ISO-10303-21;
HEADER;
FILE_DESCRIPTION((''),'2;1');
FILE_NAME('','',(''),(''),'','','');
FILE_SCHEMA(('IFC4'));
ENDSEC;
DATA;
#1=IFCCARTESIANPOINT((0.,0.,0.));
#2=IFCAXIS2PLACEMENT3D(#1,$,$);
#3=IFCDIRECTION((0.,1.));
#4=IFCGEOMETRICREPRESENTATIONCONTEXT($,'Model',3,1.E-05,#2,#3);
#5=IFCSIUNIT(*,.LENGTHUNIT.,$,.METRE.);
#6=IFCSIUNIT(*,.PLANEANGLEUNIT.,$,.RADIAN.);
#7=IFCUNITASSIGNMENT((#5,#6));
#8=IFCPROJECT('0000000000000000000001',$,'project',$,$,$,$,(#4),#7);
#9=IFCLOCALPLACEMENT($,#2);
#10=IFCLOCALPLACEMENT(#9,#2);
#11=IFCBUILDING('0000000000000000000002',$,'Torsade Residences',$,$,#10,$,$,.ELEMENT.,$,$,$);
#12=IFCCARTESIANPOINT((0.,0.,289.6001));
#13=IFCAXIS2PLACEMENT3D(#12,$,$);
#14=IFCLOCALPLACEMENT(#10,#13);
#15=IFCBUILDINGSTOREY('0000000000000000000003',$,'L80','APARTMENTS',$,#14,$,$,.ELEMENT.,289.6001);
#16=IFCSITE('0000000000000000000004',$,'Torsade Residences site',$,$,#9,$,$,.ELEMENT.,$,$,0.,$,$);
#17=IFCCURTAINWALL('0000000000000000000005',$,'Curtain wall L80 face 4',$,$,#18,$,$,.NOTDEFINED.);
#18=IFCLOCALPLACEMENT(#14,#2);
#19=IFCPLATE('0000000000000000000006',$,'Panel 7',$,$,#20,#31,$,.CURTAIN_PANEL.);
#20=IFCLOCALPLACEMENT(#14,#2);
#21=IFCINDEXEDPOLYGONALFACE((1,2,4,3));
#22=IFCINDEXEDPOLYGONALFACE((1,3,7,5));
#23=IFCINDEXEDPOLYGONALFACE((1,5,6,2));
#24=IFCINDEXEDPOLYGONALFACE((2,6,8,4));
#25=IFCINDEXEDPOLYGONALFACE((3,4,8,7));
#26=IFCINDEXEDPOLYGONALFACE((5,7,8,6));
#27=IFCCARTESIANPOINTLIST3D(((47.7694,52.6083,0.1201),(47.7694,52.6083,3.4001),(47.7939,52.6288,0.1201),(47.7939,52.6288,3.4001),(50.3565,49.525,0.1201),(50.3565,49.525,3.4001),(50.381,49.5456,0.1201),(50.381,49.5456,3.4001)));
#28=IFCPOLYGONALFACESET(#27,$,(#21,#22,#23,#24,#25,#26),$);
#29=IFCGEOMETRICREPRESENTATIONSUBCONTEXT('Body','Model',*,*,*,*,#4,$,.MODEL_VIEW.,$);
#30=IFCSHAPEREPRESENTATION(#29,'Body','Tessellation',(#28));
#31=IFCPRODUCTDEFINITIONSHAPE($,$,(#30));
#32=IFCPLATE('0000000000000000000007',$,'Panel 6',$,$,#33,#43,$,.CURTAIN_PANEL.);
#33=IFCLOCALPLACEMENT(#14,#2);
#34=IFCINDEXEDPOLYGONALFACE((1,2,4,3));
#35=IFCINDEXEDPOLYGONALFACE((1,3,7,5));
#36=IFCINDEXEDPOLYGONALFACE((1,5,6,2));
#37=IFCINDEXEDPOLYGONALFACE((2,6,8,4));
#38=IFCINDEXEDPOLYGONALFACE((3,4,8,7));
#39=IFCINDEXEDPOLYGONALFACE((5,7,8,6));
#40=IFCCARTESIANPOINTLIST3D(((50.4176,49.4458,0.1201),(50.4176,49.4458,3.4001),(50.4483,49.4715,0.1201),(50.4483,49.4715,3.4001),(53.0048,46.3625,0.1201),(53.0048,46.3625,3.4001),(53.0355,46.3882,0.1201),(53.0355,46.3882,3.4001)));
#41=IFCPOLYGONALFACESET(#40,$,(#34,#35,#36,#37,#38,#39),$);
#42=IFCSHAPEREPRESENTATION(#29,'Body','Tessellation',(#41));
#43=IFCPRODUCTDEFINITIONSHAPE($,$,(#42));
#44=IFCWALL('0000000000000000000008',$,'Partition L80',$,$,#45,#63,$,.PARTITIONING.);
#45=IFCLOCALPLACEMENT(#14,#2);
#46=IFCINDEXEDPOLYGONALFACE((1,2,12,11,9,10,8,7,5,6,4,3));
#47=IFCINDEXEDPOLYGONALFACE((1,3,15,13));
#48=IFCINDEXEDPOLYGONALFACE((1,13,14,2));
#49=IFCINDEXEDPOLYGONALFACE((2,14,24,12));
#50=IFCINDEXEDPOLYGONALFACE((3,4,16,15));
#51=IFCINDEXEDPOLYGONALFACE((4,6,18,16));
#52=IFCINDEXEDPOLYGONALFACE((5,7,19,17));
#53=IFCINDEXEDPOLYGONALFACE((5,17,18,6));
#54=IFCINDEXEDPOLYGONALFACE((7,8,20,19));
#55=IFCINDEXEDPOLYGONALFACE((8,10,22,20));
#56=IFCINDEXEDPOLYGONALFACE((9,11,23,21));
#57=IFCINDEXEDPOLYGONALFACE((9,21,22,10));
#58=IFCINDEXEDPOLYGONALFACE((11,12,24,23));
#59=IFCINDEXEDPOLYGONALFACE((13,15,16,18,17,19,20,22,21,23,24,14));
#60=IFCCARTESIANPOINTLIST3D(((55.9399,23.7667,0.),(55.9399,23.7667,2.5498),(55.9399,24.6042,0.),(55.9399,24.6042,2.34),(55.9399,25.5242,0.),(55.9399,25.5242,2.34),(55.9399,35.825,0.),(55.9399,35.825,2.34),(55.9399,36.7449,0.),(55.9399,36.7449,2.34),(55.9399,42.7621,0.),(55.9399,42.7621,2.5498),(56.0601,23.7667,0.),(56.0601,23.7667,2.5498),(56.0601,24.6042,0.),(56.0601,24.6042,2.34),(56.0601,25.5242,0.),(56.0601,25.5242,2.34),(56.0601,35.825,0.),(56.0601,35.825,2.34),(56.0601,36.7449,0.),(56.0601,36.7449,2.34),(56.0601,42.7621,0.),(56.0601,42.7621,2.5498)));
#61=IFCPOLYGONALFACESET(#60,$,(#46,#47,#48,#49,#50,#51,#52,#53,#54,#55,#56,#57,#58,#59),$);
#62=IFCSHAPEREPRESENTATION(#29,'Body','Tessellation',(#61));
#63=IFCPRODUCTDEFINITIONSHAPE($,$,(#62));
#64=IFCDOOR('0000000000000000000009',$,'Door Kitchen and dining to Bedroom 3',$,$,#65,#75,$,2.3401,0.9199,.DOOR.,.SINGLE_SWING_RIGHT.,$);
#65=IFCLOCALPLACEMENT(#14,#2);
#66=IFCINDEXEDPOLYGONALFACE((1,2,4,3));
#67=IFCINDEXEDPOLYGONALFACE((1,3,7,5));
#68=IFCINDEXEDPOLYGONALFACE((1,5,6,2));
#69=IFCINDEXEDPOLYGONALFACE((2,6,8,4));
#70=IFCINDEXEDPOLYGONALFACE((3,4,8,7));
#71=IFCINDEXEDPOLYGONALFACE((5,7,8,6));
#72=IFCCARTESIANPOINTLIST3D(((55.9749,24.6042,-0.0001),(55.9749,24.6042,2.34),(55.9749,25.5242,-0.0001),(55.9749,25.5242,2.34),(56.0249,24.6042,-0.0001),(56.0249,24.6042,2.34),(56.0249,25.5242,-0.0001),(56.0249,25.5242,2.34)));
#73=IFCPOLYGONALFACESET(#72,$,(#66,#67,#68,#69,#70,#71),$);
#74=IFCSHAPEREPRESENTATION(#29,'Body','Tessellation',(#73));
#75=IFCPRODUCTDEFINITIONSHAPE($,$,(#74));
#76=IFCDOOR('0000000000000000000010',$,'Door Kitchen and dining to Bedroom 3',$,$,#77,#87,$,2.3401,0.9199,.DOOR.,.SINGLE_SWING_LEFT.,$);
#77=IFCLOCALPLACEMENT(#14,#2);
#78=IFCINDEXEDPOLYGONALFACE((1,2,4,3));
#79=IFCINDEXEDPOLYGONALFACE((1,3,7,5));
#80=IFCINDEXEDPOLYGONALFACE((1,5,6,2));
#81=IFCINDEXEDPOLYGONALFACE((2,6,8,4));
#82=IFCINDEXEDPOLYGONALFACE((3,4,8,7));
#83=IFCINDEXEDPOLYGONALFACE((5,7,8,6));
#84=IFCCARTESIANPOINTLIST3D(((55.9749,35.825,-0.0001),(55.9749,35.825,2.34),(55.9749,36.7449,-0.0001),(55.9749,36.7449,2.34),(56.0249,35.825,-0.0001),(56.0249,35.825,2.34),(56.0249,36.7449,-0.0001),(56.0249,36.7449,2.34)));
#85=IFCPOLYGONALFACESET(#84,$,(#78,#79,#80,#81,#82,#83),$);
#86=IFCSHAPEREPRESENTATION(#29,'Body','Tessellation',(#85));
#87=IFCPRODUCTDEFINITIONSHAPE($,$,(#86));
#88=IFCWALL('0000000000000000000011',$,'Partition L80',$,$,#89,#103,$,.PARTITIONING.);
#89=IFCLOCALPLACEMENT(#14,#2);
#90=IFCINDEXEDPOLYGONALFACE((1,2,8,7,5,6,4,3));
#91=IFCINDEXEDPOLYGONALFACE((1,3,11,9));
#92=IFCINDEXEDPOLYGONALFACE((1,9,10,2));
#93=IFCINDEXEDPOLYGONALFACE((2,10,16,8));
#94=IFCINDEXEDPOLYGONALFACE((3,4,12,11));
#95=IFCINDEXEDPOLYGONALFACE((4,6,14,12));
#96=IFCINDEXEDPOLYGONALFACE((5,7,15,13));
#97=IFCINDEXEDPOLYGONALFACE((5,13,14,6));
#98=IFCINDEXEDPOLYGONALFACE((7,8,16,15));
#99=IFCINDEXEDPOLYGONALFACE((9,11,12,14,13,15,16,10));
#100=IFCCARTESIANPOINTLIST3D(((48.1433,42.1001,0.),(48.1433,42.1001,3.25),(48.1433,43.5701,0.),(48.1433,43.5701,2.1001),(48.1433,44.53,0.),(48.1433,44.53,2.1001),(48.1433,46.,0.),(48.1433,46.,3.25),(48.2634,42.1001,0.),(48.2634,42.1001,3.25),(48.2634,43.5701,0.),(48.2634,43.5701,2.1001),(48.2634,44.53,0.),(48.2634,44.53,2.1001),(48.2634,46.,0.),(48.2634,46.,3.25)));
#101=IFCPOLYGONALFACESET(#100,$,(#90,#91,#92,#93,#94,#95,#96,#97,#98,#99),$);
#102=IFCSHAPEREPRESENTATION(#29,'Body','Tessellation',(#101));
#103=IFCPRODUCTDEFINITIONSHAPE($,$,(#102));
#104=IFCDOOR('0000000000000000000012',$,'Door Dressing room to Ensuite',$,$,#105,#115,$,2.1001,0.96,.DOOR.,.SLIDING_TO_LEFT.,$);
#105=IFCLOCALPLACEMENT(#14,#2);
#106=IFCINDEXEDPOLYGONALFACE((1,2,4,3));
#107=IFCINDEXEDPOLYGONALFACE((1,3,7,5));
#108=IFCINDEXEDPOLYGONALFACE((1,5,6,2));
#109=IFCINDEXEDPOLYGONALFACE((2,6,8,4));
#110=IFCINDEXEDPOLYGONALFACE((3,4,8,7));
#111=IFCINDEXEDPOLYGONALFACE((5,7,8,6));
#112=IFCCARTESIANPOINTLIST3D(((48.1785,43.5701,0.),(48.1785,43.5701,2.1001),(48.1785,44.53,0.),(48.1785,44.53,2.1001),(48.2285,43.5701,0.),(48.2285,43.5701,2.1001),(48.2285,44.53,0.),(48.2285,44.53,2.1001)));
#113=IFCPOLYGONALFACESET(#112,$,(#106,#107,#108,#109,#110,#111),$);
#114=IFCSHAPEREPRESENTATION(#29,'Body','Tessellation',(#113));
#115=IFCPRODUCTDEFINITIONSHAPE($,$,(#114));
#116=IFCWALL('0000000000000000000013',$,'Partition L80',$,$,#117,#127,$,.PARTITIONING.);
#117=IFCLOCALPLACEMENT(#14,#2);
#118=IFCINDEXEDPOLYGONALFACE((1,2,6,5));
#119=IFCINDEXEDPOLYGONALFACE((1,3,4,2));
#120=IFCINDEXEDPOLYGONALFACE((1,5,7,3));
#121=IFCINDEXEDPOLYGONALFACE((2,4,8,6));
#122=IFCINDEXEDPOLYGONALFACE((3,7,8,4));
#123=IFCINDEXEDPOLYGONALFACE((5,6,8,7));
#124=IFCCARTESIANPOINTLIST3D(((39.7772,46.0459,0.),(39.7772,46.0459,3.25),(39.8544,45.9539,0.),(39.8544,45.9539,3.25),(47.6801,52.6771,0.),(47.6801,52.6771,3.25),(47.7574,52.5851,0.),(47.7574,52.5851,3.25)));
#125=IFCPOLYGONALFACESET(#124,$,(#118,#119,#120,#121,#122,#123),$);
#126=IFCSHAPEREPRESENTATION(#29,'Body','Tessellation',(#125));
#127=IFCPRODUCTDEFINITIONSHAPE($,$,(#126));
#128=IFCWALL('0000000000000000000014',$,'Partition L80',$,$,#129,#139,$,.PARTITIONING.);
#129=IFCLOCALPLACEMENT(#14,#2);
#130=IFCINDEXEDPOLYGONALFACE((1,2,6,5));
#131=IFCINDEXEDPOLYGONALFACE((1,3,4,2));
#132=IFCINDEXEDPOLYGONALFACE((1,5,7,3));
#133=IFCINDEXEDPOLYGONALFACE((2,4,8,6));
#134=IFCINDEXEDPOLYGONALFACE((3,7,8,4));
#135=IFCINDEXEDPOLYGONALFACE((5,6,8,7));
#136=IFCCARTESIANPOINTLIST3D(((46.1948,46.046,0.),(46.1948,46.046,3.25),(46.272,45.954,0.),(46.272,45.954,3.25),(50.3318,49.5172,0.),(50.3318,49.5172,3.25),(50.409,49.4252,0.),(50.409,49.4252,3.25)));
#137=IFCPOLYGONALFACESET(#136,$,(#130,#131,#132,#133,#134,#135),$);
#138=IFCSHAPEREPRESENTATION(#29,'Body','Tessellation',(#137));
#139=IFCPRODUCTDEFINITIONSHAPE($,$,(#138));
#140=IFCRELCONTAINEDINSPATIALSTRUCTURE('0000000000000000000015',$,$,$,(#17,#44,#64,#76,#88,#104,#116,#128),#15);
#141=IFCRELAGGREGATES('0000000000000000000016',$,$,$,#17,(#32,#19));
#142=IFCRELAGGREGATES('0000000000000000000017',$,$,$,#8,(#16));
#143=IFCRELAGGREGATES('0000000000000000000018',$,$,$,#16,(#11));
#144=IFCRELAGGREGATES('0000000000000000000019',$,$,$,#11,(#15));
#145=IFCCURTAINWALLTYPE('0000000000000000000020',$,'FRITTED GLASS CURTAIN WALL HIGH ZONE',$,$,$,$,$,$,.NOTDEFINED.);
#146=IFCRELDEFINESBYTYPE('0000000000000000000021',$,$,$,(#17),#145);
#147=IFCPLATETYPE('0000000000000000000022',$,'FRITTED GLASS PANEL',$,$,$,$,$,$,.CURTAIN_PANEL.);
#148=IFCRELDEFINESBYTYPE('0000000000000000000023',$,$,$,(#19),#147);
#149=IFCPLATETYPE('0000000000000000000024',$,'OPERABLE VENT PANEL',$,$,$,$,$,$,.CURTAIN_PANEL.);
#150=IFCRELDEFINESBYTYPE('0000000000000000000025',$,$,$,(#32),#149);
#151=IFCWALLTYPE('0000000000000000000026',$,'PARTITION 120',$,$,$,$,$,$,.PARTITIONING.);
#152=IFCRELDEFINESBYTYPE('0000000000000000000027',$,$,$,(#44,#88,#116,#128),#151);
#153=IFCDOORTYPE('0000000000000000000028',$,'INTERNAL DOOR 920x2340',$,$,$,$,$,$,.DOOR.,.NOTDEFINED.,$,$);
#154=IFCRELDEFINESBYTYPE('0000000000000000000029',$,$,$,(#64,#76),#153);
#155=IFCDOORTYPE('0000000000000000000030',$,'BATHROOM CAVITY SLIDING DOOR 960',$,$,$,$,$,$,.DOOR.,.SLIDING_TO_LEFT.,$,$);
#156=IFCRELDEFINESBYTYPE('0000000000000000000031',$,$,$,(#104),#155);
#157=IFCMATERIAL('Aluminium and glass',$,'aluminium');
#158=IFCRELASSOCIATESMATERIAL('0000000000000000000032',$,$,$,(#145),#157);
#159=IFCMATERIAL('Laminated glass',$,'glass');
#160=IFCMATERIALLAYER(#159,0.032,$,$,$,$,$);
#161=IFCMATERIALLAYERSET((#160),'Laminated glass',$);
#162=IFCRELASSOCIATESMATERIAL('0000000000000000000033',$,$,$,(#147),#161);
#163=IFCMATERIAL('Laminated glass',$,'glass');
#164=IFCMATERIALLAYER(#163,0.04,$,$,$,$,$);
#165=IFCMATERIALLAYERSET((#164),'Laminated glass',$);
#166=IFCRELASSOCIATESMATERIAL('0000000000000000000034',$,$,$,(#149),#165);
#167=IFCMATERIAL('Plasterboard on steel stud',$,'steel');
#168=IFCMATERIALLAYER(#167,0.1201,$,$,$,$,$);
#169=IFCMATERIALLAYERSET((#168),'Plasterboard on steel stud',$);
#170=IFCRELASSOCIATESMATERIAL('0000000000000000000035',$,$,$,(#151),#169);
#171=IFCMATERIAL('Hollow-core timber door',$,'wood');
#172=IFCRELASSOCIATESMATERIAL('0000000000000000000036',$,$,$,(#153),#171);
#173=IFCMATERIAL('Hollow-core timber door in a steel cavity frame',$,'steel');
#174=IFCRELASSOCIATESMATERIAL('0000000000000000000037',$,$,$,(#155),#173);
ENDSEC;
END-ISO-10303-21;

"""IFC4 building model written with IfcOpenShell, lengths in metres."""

from ifc_helpers import new_model, si_unit, direction, frame, frame_2d, origin, origin_2d, place, context, subcontext, project, spatial, rectangle, extrude, material, layer, layer_set, type_object, element, fill, aggregate, save


model = new_model("IFC4")

# Units and contexts
model_context = context("Model", 3, precision=1e-05, world=origin(), true_north=direction((0.0, 1.0)))
body_context = subcontext(model_context, "Body", "Model", "MODEL_VIEW")
ifc_project = project(units=[si_unit("LENGTHUNIT", "METRE"), si_unit("PLANEANGLEUNIT", "RADIAN")], contexts=[model_context])

# Site, building, storey
site_placement = place(None, origin())
site = spatial("IfcSite", under=ifc_project, at=site_placement, Name="Torsade Residences site", CompositionType="ELEMENT", RefElevation=0.0)
building_placement = place(site_placement, origin())
building = spatial("IfcBuilding", under=site, at=building_placement, Name="Torsade Residences", CompositionType="ELEMENT")
storey_placement = place(building_placement, frame((0.0, 0.0, 289.6001)))
storey = spatial("IfcBuildingStorey", under=building, at=storey_placement, Name="L80", Description="APARTMENTS", CompositionType="ELEMENT", Elevation=289.6001)

# Curtain wall
ifc_material_1 = material(Name="Aluminium and glass", Category="aluminium")
curtain_wall_type = type_object("IfcCurtainWallType", Name="FRITTED GLASS CURTAIN WALL HIGH ZONE", PredefinedType="NOTDEFINED", material=ifc_material_1)
curtain_wall_placement = place(storey_placement, origin())
curtain_wall = element("IfcCurtainWall", 1, at=curtain_wall_placement, inside=storey, type_object=curtain_wall_type, Name="Curtain wall L80 face 4", PredefinedType="NOTDEFINED")

# Plates
ifc_material_2 = material(Name="Laminated glass", Category="glass")
ifc_layer_1 = layer(ifc_material_2, 0.032)
ifc_layer_set_1 = layer_set([ifc_layer_1], Name="Laminated glass")
plate_type_1 = type_object("IfcPlateType", Name="FRITTED GLASS PANEL", PredefinedType="CURTAIN_PANEL", material=ifc_layer_set_1)
plate_1_placement = place(storey_placement, frame((49.0752, 51.0769, 0.1201), z_axis=(0.0, 0.0, 1.0), x_axis=(-0.642788, 0.766044, 0.0)))
plate_1 = element("IfcPlate", 2, at=plate_1_placement, type_object=plate_type_1, Name="Panel 7", PredefinedType="CURTAIN_PANEL", context=body_context, shape_type="SweptSolid", body=[
    extrude(rectangle(XDim=4.0249, YDim=0.032, at=origin_2d()), origin(), (0.0, 0.0, 1.0), 3.28),
])
ifc_material_3 = material(Name="Laminated glass", Category="glass")
ifc_layer_2 = layer(ifc_material_3, 0.04)
ifc_layer_set_2 = layer_set([ifc_layer_2], Name="Laminated glass")
plate_type_2 = type_object("IfcPlateType", Name="OPERABLE VENT PANEL", PredefinedType="CURTAIN_PANEL", material=ifc_layer_set_2)
plate_2_placement = place(storey_placement, frame((51.7266, 47.917, 0.1201), z_axis=(0.0, 0.0, 1.0), x_axis=(-0.642788, 0.766044, 0.0)))
plate_2 = element("IfcPlate", 3, at=plate_2_placement, type_object=plate_type_2, Name="Panel 6", PredefinedType="CURTAIN_PANEL", context=body_context, shape_type="SweptSolid", body=[
    extrude(rectangle(XDim=4.0249, YDim=0.04, at=origin_2d()), origin(), (0.0, 0.0, 1.0), 3.28),
])
aggregate(curtain_wall, [plate_2, plate_1])

# Wall, openings, doors
ifc_material_4 = material(Name="Plasterboard on steel stud", Category="steel")
ifc_layer_3 = layer(ifc_material_4, 0.1201)
ifc_layer_set_3 = layer_set([ifc_layer_3], Name="Plasterboard on steel stud")
wall_type = type_object("IfcWallType", Name="PARTITION 120", PredefinedType="PARTITIONING", material=ifc_layer_set_3)
wall_1_placement = place(storey_placement, frame((56.0, 42.762, 0.0), z_axis=(0.0, 0.0, 1.0), x_axis=(0.0, -1.0, 0.0)))
wall_1 = element("IfcWall", 4, at=wall_1_placement, inside=storey, type_object=wall_type, Name="Partition L80", PredefinedType="PARTITIONING", context=body_context, shape_type="SweptSolid", body=[
    extrude(rectangle(XDim=18.9954, YDim=0.1201, at=frame_2d((9.4976, 0.0))), origin(), (0.0, 0.0, 1.0), 2.5498),
])
opening_1_placement = place(wall_1_placement, frame((17.2378, 0.0, 0.0)))
opening_1 = element("IfcOpeningElement", 5, at=opening_1_placement, cuts=wall_1, PredefinedType="OPENING", context=body_context, shape_type="SweptSolid", body=[
    extrude(rectangle(XDim=0.9199, YDim=2.3401, at=frame_2d((0.46, 1.1699))), frame((0.0, 0.0701, 0.0), z_axis=(0.0, -1.0, 0.0), x_axis=(1.0, 0.0, 0.0)), (0.0, 0.0, 1.0), 0.1401),
])
opening_2_placement = place(wall_1_placement, frame((6.0171, 0.0, 0.0)))
opening_2 = element("IfcOpeningElement", 6, at=opening_2_placement, cuts=wall_1, PredefinedType="OPENING", context=body_context, shape_type="SweptSolid", body=[
    extrude(rectangle(XDim=0.9199, YDim=2.3401, at=frame_2d((0.46, 1.1699))), frame((0.0, 0.0701, 0.0), z_axis=(0.0, -1.0, 0.0), x_axis=(1.0, 0.0, 0.0)), (0.0, 0.0, 1.0), 0.1401),
])
ifc_material_5 = material(Name="Hollow-core timber door", Category="wood")
door_type_1 = type_object("IfcDoorType", Name="INTERNAL DOOR 920x2340", OperationType="NOTDEFINED", PredefinedType="DOOR", material=ifc_material_5)
door_1_placement = place(opening_1_placement, origin())
door_1 = element("IfcDoor", 7, at=door_1_placement, inside=storey, type_object=door_type_1, Name="Door Kitchen and dining to Bedroom 3", OperationType="SINGLE_SWING_RIGHT", OverallHeight=2.3401, OverallWidth=0.9199, PredefinedType="DOOR", context=body_context, shape_type="SweptSolid", body=[
    extrude(rectangle(XDim=0.9199, YDim=2.3401, at=frame_2d((0.46, 1.1699))), frame((0.0, 0.0249, 0.0), z_axis=(0.0, -1.0, 0.0), x_axis=(1.0, 0.0, 0.0)), (0.0, 0.0, 1.0), 0.05),
])
fill(opening_1, door_1)
door_2_placement = place(opening_2_placement, origin())
door_2 = element("IfcDoor", 8, at=door_2_placement, inside=storey, type_object=door_type_1, Name="Door Kitchen and dining to Bedroom 3", OperationType="SINGLE_SWING_LEFT", OverallHeight=2.3401, OverallWidth=0.9199, PredefinedType="DOOR", context=body_context, shape_type="SweptSolid", body=[
    extrude(rectangle(XDim=0.9199, YDim=2.3401, at=frame_2d((0.46, 1.1699))), frame((0.0, 0.0249, 0.0), z_axis=(0.0, -1.0, 0.0), x_axis=(1.0, 0.0, 0.0)), (0.0, 0.0, 1.0), 0.05),
])
fill(opening_2, door_2)

# Wall, opening, door
wall_2_placement = place(storey_placement, frame((48.2034, 42.1001, 0.0), z_axis=(0.0, 0.0, 1.0), x_axis=(0.0, 1.0, 0.0)))
wall_2 = element("IfcWall", 9, at=wall_2_placement, inside=storey, type_object=wall_type, Name="Partition L80", PredefinedType="PARTITIONING", context=body_context, shape_type="SweptSolid", body=[
    extrude(rectangle(XDim=3.8999, YDim=0.1201, at=frame_2d((1.95, 0.0))), origin(), (0.0, 0.0, 1.0), 3.25),
])
opening_3_placement = place(wall_2_placement, frame((1.47, 0.0, 0.0)))
opening_3 = element("IfcOpeningElement", 10, at=opening_3_placement, cuts=wall_2, PredefinedType="OPENING", context=body_context, shape_type="SweptSolid", body=[
    extrude(rectangle(XDim=0.96, YDim=2.1001, at=frame_2d((0.48, 1.05))), frame((0.0, 0.0701, 0.0), z_axis=(0.0, -1.0, 0.0), x_axis=(1.0, 0.0, 0.0)), (0.0, 0.0, 1.0), 0.1401),
])
ifc_material_6 = material(Name="Hollow-core timber door in a steel cavity frame", Category="steel")
door_type_2 = type_object("IfcDoorType", Name="BATHROOM CAVITY SLIDING DOOR 960", OperationType="SLIDING_TO_LEFT", PredefinedType="DOOR", material=ifc_material_6)
door_3_placement = place(opening_3_placement, origin())
door_3 = element("IfcDoor", 11, at=door_3_placement, inside=storey, type_object=door_type_2, Name="Door Dressing room to Ensuite", OperationType="SLIDING_TO_LEFT", OverallHeight=2.1001, OverallWidth=0.96, PredefinedType="DOOR", context=body_context, shape_type="SweptSolid", body=[
    extrude(rectangle(XDim=0.96, YDim=2.1001, at=frame_2d((0.48, 1.05))), frame((0.0, 0.0249, 0.0), z_axis=(0.0, -1.0, 0.0), x_axis=(1.0, 0.0, 0.0)), (0.0, 0.0, 1.0), 0.05),
])
fill(opening_3, door_3)

# Walls
wall_3_placement = place(storey_placement, frame((47.7188, 52.6311, 0.0), z_axis=(0.0, 0.0, 1.0), x_axis=(-0.766052, -0.642779, 0.0)))
element("IfcWall", 12, at=wall_3_placement, inside=storey, type_object=wall_type, Name="Partition L80", PredefinedType="PARTITIONING", context=body_context, shape_type="SweptSolid", body=[
    extrude(rectangle(XDim=10.3164, YDim=0.1201, at=frame_2d((5.1582, 0.0))), origin(), (0.0, 0.0, 1.0), 3.25),
])
wall_4_placement = place(storey_placement, frame((50.3704, 49.4712, 0.0), z_axis=(0.0, 0.0, 1.0), x_axis=(-0.766057, -0.642773, 0.0)))
element("IfcWall", 13, at=wall_4_placement, inside=storey, type_object=wall_type, Name="Partition L80", PredefinedType="PARTITIONING", context=body_context, shape_type="SweptSolid", body=[
    extrude(rectangle(XDim=5.4004, YDim=0.1201, at=frame_2d((2.7002, 0.0))), origin(), (0.0, 0.0, 1.0), 3.25),
])

save(model, "model.ifc")
